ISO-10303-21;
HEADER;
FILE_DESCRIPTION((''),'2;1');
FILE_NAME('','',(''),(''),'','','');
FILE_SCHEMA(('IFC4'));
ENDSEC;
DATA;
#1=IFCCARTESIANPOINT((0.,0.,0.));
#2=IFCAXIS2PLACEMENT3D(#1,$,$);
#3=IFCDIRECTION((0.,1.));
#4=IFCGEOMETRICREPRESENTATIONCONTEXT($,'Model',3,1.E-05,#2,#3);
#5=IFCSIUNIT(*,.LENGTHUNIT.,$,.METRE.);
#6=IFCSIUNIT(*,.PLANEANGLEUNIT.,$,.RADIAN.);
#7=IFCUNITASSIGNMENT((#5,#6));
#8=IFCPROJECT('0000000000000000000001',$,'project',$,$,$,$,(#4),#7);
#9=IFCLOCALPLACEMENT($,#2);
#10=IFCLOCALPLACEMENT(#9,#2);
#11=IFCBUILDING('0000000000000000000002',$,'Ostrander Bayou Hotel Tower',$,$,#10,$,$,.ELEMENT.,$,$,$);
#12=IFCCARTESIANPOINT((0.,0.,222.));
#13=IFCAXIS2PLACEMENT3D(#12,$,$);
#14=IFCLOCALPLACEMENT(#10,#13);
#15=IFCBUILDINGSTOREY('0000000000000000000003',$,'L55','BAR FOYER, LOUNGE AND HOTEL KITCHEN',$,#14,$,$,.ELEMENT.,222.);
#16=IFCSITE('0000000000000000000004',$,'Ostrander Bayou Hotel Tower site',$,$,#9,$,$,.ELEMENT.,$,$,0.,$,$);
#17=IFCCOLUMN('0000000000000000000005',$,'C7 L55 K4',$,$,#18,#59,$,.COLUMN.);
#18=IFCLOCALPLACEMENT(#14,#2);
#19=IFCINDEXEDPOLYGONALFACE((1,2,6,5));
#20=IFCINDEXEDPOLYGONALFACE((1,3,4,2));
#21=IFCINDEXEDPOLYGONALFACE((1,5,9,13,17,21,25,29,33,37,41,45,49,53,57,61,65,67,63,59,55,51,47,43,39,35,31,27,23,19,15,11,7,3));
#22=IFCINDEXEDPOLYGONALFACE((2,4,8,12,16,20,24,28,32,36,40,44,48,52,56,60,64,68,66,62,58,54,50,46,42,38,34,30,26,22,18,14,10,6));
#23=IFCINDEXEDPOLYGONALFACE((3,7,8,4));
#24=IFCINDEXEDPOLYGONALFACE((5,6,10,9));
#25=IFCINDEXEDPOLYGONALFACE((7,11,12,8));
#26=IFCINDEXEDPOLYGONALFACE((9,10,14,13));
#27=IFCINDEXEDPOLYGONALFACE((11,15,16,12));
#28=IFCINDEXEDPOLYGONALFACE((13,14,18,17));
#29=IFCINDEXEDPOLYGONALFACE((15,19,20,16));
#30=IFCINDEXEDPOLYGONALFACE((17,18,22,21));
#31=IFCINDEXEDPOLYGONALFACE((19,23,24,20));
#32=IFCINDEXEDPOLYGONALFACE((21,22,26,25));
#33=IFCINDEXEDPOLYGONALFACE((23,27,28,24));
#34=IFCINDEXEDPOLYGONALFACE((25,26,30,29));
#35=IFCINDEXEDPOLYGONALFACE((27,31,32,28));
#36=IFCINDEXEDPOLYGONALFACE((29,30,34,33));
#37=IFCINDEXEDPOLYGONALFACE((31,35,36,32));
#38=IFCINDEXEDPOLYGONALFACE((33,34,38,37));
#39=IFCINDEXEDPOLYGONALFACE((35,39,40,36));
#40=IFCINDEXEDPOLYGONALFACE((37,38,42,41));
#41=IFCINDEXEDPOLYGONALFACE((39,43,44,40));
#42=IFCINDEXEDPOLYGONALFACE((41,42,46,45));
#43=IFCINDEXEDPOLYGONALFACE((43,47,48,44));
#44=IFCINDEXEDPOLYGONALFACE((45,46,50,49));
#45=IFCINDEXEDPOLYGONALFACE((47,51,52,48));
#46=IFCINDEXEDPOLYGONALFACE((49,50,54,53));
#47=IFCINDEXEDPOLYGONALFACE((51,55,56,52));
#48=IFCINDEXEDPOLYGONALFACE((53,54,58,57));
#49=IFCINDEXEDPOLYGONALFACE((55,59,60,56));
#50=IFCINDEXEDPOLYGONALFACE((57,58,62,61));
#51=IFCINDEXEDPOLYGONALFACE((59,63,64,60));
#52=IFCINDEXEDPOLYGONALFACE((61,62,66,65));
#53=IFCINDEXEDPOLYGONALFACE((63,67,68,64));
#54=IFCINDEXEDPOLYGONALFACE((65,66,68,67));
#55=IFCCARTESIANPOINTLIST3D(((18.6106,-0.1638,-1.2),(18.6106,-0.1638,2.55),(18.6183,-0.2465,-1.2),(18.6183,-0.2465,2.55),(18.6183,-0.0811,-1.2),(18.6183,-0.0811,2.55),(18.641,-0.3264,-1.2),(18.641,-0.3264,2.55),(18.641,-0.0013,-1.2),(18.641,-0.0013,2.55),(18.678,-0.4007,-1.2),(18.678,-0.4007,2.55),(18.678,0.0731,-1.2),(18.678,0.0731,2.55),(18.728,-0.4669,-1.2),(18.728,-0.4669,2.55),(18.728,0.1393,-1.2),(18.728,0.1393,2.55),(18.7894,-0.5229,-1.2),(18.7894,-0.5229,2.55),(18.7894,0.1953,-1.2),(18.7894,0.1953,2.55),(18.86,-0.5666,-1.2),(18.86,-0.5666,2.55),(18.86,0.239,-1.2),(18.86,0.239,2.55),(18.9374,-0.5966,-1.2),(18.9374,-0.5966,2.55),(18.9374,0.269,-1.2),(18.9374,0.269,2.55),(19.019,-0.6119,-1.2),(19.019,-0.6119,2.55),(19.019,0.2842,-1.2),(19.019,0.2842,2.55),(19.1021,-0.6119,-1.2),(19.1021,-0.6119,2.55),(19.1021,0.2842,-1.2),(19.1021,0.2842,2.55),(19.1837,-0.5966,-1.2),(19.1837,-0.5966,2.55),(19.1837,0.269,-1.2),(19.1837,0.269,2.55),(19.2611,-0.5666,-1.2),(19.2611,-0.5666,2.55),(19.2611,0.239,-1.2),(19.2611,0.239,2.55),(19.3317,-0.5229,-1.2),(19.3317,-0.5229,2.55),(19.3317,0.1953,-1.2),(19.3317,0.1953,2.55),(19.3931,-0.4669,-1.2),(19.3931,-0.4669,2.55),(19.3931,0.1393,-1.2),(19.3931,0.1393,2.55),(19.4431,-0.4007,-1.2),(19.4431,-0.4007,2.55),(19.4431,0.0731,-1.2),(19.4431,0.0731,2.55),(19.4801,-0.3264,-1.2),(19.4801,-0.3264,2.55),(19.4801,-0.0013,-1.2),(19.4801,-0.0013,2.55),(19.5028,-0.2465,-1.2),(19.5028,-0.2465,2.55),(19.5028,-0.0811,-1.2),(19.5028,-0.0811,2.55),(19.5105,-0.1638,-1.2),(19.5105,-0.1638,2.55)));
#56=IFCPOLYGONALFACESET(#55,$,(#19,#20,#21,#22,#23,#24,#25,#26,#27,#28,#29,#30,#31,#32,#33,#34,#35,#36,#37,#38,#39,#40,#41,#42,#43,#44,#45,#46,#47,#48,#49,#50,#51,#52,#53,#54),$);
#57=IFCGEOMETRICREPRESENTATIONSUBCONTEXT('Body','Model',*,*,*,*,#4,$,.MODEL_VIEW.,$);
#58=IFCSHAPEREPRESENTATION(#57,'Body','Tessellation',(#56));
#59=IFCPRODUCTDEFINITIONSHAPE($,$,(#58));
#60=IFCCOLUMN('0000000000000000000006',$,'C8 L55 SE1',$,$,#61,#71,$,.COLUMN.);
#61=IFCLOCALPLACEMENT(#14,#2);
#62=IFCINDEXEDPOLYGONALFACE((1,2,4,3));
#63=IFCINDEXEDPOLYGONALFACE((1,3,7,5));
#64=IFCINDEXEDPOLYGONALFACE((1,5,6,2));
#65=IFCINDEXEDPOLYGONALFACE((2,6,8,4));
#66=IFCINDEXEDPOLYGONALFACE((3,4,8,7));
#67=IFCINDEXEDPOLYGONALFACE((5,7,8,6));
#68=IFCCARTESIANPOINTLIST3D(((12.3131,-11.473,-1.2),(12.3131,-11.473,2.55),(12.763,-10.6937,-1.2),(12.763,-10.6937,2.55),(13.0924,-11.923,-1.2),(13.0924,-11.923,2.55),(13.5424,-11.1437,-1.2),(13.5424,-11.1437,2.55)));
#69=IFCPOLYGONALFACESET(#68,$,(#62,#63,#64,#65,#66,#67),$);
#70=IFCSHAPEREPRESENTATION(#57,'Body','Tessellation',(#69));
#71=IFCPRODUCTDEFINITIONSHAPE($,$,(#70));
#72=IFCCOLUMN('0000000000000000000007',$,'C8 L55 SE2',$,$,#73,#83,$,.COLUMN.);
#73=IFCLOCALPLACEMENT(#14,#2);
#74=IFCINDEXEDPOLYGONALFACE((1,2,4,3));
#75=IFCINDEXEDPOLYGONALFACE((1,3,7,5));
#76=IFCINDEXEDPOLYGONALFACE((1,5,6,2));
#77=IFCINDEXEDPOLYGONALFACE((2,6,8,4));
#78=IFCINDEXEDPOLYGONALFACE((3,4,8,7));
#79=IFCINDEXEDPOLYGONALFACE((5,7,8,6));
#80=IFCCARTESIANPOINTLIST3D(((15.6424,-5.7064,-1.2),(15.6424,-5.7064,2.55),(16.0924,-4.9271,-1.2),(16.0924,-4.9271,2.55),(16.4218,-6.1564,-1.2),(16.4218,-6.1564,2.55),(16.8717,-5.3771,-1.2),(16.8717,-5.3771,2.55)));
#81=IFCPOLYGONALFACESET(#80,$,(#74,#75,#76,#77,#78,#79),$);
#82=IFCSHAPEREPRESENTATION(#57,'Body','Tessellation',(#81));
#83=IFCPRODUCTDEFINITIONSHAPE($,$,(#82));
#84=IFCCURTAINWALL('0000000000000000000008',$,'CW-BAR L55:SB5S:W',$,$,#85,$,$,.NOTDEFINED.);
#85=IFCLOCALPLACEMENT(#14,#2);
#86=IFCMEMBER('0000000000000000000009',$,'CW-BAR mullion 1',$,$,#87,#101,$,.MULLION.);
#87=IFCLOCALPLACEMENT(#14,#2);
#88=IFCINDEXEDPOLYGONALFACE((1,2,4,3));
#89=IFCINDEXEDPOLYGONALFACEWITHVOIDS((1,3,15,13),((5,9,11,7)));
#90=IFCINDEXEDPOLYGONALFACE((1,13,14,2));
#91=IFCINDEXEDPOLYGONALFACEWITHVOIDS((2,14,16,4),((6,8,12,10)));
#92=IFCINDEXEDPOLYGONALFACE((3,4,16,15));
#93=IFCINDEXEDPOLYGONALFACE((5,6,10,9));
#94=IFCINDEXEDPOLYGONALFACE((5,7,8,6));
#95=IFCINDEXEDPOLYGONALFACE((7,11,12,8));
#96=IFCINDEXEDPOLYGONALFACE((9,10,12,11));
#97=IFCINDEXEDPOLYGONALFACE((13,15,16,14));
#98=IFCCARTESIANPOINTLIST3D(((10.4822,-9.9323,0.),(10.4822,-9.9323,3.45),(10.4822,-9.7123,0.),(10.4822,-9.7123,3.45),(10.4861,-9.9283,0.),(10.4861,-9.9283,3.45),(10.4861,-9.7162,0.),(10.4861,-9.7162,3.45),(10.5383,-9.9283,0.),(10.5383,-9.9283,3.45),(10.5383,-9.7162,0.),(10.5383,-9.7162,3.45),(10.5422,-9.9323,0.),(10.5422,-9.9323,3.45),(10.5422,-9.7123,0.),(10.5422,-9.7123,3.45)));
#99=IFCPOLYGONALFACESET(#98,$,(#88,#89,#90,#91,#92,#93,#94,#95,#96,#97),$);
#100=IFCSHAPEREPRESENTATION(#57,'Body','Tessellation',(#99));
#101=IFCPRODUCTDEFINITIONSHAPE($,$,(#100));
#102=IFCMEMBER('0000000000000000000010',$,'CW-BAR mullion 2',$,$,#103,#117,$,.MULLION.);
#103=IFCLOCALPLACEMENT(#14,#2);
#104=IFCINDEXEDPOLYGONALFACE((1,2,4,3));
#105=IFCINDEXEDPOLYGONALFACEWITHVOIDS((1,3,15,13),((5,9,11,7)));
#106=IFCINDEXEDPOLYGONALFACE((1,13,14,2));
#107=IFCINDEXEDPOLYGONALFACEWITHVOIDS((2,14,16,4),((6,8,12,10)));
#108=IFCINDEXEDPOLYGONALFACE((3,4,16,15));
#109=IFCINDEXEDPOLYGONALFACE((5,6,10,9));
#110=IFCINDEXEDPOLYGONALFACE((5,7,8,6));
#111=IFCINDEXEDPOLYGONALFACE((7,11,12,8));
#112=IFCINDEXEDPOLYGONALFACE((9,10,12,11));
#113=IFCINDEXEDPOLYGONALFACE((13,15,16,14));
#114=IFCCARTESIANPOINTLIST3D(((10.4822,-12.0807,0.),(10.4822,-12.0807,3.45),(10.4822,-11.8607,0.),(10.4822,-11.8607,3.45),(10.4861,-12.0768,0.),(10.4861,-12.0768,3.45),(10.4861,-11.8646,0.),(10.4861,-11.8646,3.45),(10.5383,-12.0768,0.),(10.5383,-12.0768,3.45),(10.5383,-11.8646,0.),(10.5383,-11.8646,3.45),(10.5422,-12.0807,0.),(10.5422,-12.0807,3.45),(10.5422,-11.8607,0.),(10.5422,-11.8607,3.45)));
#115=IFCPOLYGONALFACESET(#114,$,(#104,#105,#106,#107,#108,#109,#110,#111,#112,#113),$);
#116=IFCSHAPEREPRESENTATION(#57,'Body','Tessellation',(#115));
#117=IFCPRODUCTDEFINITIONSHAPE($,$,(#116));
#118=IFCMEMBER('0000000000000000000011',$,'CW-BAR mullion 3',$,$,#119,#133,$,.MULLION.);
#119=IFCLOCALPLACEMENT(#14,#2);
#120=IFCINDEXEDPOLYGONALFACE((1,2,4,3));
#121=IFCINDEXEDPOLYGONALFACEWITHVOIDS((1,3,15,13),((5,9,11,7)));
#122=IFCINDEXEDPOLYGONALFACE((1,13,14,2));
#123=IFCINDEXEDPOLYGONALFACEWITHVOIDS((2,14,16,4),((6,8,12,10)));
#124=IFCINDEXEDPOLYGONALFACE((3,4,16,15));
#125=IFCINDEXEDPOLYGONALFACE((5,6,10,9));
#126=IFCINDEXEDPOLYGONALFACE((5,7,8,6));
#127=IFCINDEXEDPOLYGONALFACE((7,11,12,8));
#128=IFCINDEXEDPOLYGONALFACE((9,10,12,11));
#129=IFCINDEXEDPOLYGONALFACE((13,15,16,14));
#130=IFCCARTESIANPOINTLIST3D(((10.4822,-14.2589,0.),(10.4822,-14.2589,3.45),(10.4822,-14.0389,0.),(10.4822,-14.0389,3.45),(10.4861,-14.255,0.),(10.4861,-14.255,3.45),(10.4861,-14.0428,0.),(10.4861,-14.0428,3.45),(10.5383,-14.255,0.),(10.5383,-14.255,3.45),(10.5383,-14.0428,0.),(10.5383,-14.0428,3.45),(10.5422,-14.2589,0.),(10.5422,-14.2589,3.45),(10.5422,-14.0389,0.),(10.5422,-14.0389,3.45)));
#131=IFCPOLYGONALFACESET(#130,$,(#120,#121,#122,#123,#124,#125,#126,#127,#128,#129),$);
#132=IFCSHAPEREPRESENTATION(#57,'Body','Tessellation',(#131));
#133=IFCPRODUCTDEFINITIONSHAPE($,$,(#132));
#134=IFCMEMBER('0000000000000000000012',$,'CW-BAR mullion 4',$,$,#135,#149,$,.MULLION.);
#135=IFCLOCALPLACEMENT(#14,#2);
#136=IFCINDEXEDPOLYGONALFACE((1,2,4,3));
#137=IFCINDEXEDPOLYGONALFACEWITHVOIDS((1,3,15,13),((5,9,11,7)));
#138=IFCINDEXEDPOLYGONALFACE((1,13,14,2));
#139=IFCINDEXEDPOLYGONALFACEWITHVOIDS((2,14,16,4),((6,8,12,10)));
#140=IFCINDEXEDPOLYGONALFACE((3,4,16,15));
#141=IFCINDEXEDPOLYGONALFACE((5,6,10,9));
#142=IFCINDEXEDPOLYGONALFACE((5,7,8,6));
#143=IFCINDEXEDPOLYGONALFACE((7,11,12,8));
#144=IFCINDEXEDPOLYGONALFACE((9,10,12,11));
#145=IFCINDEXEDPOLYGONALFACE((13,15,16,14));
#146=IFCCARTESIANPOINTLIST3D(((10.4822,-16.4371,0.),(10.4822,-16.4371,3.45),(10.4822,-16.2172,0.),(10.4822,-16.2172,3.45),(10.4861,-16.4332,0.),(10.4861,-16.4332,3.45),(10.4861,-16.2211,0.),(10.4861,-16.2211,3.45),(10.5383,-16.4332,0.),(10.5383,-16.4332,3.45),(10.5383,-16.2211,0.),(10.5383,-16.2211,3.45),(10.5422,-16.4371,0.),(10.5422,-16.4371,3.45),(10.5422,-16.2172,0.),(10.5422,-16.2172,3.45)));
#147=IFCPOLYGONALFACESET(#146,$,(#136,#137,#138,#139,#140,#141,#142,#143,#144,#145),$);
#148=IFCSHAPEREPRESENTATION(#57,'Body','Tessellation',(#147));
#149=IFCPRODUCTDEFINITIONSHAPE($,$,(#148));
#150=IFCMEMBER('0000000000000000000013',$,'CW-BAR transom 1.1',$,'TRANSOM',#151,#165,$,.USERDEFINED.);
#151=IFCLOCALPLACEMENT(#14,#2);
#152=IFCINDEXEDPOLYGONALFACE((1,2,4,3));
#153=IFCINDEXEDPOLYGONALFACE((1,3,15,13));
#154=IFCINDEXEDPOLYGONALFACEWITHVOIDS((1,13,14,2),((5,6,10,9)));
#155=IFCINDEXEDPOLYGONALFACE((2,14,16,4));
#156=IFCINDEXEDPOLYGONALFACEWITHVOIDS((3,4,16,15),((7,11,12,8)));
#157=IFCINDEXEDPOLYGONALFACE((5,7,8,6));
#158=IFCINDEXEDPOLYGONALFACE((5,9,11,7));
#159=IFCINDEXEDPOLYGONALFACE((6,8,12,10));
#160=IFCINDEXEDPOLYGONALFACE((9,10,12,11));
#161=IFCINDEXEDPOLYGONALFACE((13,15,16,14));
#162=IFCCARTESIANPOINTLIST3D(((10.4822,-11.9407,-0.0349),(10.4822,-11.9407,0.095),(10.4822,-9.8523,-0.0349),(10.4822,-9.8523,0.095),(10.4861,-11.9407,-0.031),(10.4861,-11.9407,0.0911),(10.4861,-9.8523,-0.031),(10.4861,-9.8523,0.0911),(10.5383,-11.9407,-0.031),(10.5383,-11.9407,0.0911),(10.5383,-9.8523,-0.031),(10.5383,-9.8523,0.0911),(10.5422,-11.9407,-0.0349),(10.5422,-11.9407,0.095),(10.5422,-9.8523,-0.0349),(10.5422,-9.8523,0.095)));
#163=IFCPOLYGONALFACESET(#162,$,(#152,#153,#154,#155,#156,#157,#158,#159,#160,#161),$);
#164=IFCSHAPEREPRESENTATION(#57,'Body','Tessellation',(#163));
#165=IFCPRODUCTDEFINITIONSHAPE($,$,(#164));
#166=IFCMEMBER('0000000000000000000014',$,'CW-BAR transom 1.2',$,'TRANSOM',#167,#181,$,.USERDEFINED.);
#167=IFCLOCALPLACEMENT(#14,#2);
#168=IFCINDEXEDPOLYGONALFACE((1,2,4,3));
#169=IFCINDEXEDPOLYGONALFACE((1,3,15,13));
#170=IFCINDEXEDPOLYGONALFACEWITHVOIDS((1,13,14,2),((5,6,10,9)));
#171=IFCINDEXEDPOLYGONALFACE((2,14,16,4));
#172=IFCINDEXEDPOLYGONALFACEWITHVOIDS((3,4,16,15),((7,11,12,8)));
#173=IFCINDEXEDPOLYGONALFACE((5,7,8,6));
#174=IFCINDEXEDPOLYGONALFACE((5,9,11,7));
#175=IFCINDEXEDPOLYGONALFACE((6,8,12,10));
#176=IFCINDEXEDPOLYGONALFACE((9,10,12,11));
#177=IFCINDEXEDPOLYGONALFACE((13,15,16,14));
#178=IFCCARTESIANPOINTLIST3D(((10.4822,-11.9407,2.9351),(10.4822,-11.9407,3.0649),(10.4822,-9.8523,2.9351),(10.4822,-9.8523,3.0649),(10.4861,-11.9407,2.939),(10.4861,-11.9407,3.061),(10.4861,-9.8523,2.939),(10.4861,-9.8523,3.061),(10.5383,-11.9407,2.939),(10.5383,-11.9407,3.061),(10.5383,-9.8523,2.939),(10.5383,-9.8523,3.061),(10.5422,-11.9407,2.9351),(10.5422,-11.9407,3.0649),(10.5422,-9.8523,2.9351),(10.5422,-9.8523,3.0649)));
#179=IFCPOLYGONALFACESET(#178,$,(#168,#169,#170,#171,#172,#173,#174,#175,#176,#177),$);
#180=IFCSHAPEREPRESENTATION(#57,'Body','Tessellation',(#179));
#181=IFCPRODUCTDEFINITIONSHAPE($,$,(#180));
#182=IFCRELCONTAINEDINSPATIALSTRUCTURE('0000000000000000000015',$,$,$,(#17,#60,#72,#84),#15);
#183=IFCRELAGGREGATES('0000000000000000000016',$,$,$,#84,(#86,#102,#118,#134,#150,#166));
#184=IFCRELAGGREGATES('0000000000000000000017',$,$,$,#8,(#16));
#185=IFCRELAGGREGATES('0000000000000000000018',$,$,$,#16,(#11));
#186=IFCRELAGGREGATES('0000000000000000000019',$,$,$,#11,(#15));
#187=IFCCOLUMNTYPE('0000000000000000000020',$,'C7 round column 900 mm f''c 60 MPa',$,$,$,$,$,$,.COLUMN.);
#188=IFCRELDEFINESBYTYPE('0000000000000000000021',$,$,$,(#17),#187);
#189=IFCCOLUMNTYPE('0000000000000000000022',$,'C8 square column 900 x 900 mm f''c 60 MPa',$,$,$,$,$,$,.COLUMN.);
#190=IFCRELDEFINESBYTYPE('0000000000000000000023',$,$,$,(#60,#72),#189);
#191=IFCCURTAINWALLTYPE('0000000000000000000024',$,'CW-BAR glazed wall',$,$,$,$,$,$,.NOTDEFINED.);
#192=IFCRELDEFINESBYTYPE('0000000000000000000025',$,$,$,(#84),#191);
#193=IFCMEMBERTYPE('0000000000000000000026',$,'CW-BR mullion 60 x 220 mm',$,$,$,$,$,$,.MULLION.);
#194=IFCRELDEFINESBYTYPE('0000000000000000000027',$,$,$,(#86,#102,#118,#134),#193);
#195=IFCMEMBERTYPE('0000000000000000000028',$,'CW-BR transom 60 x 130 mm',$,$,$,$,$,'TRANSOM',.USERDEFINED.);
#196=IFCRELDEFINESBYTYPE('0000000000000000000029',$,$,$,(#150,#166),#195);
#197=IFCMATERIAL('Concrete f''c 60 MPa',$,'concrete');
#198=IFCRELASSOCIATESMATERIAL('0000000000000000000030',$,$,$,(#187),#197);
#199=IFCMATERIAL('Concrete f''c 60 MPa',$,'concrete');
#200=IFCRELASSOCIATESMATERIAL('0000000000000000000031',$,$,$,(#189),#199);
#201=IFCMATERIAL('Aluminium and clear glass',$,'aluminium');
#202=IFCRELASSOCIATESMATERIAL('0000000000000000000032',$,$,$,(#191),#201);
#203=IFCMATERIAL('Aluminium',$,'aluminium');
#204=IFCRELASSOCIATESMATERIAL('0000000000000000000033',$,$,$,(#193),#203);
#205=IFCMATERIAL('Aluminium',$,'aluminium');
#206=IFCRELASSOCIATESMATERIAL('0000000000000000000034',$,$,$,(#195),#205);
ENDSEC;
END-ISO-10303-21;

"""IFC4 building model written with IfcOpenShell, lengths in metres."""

from ifc_helpers import new_model, si_unit, direction, frame, origin, origin_2d, place, context, subcontext, project, spatial, rectangle, hollow_rectangle, circle, extrude, material, material_profile, profile_set, type_object, element, aggregate, save


model = new_model("IFC4")

# Units and contexts
model_context = context("Model", 3, precision=1e-05, world=origin(), true_north=direction((0.0, 1.0)))
body_context = subcontext(model_context, "Body", "Model", "MODEL_VIEW")
ifc_project = project(units=[si_unit("LENGTHUNIT", "METRE"), si_unit("PLANEANGLEUNIT", "RADIAN")], contexts=[model_context])

# Site, building, storey
site_placement = place(None, origin())
site = spatial("IfcSite", under=ifc_project, at=site_placement, Name="Ostrander Bayou Hotel Tower site", CompositionType="ELEMENT", RefElevation=0.0)
building_placement = place(site_placement, origin())
building = spatial("IfcBuilding", under=site, at=building_placement, Name="Ostrander Bayou Hotel Tower", CompositionType="ELEMENT")
storey_placement = place(building_placement, frame((0.0, 0.0, 222.0)))
storey = spatial("IfcBuildingStorey", under=building, at=storey_placement, Name="L55", Description="BAR FOYER, LOUNGE AND HOTEL KITCHEN", CompositionType="ELEMENT", Elevation=222.0)

# Columns
ifc_material_1 = material(Name="Concrete f'c 60 MPa", Category="concrete")
ifc_material_profile_1 = material_profile(ifc_material_1, circle(Radius=0.45, at=origin_2d()))
ifc_profile_set_1 = profile_set([ifc_material_profile_1], Name="Concrete f'c 60 MPa")
column_type_1 = type_object("IfcColumnType", Name="C7 round column 900 mm f'c 60 MPa", PredefinedType="COLUMN", material=ifc_profile_set_1)
column_placement = place(storey_placement, frame((19.0605, -0.1638, -1.2), z_axis=(0.0, 0.0, 1.0), x_axis=(1.0, 0.0, 0.0)))
element("IfcColumn", 1, at=column_placement, inside=storey, type_object=column_type_1, Name="C7 L55 K4", PredefinedType="COLUMN", context=body_context, shape_type="SweptSolid", body=[
    extrude(circle(Radius=0.45, at=origin_2d()), origin(), (0.0, 0.0, 1.0), 3.75),
])
ifc_material_2 = material(Name="Concrete f'c 60 MPa", Category="concrete")
ifc_material_profile_2 = material_profile(ifc_material_2, rectangle(XDim=0.8999, YDim=0.8999, at=origin_2d()))
ifc_profile_set_2 = profile_set([ifc_material_profile_2], Name="Concrete f'c 60 MPa")
column_type_2 = type_object("IfcColumnType", Name="C8 square column 900 x 900 mm f'c 60 MPa", PredefinedType="COLUMN", material=ifc_profile_set_2)
for number, where, z_axis, x_axis, name in (
    (2, (12.9277, -11.3083, -1.2), (0.0, 0.0, 1.0), (-0.5, -0.866025, 0.0), "C8 L55 SE1"),
    (3, (16.2571, -5.5417, -1.2), (0.0, 0.0, 1.0), (-0.5, -0.866025, 0.0), "C8 L55 SE2"),
):
    element("IfcColumn", number, at=place(storey_placement, frame(where, z_axis=z_axis, x_axis=x_axis)), inside=storey, type_object=column_type_2, Name=name, PredefinedType="COLUMN", context=body_context, shape_type="SweptSolid", body=[
        extrude(rectangle(XDim=0.8999, YDim=0.8999, at=origin_2d()), origin(), (0.0, 0.0, 1.0), 3.75),
    ])

# Curtain wall, members
ifc_material_3 = material(Name="Aluminium and clear glass", Category="aluminium")
curtain_wall_type = type_object("IfcCurtainWallType", Name="CW-BAR glazed wall", PredefinedType="NOTDEFINED", material=ifc_material_3)
curtain_wall_placement = place(storey_placement, origin())
curtain_wall = element("IfcCurtainWall", 4, at=curtain_wall_placement, inside=storey, type_object=curtain_wall_type, Name="CW-BAR L55:SB5S:W", PredefinedType="NOTDEFINED")
ifc_material_4 = material(Name="Aluminium", Category="aluminium")
ifc_material_profile_3 = material_profile(ifc_material_4, hollow_rectangle(XDim=0.0601, YDim=0.22, WallThickness=0.0039, at=origin_2d()))
ifc_profile_set_3 = profile_set([ifc_material_profile_3], Name="Aluminium")
member_type_1 = type_object("IfcMemberType", Name="CW-BR mullion 60 x 220 mm", PredefinedType="MULLION", material=ifc_profile_set_3)
member_1_placement = place(storey_placement, frame((10.5122, -9.8223, 0.0), z_axis=(0.0, 0.0, 1.0), x_axis=(1.0, 0.0, 0.0)))
member_1 = element("IfcMember", 5, at=member_1_placement, type_object=member_type_1, Name="CW-BAR mullion 1", PredefinedType="MULLION", context=body_context, shape_type="SweptSolid", body=[
    extrude(hollow_rectangle(XDim=0.0601, YDim=0.22, WallThickness=0.0039, at=origin_2d()), origin(), (0.0, 0.0, 1.0), 3.45),
])
member_2_placement = place(storey_placement, frame((10.5122, -11.9707, 0.0), z_axis=(0.0, 0.0, 1.0), x_axis=(1.0, 0.0, 0.0)))
member_2 = element("IfcMember", 6, at=member_2_placement, type_object=member_type_1, Name="CW-BAR mullion 2", PredefinedType="MULLION", context=body_context, shape_type="SweptSolid", body=[
    extrude(hollow_rectangle(XDim=0.0601, YDim=0.22, WallThickness=0.0039, at=origin_2d()), origin(), (0.0, 0.0, 1.0), 3.45),
])
member_3_placement = place(storey_placement, frame((10.5122, -14.1489, 0.0), z_axis=(0.0, 0.0, 1.0), x_axis=(1.0, 0.0, 0.0)))
member_3 = element("IfcMember", 7, at=member_3_placement, type_object=member_type_1, Name="CW-BAR mullion 3", PredefinedType="MULLION", context=body_context, shape_type="SweptSolid", body=[
    extrude(hollow_rectangle(XDim=0.0601, YDim=0.22, WallThickness=0.0039, at=origin_2d()), origin(), (0.0, 0.0, 1.0), 3.45),
])
member_4_placement = place(storey_placement, frame((10.5122, -16.3271, 0.0), z_axis=(0.0, 0.0, 1.0), x_axis=(1.0, 0.0, 0.0)))
member_4 = element("IfcMember", 8, at=member_4_placement, type_object=member_type_1, Name="CW-BAR mullion 4", PredefinedType="MULLION", context=body_context, shape_type="SweptSolid", body=[
    extrude(hollow_rectangle(XDim=0.0601, YDim=0.22, WallThickness=0.0039, at=origin_2d()), origin(), (0.0, 0.0, 1.0), 3.45),
])
ifc_material_5 = material(Name="Aluminium", Category="aluminium")
ifc_material_profile_4 = material_profile(ifc_material_5, hollow_rectangle(XDim=0.0601, YDim=0.1299, WallThickness=0.0039, at=origin_2d()))
ifc_profile_set_4 = profile_set([ifc_material_profile_4], Name="Aluminium")
member_type_2 = type_object("IfcMemberType", Name="CW-BR transom 60 x 130 mm", ElementType="TRANSOM", PredefinedType="USERDEFINED", material=ifc_profile_set_4)
member_5_placement = place(storey_placement, frame((10.5122, -9.8523, 0.03), z_axis=(0.0, -1.0, 0.0), x_axis=(1.0, 0.0, 0.0)))
member_5 = element("IfcMember", 9, at=member_5_placement, type_object=member_type_2, Name="CW-BAR transom 1.1", ObjectType="TRANSOM", PredefinedType="USERDEFINED", context=body_context, shape_type="SweptSolid", body=[
    extrude(hollow_rectangle(XDim=0.0601, YDim=0.1299, WallThickness=0.0039, at=origin_2d()), origin(), (0.0, 0.0, 1.0), 2.0884),
])
member_6_placement = place(storey_placement, frame((10.5122, -9.8523, 3.0), z_axis=(0.0, -1.0, 0.0), x_axis=(1.0, 0.0, 0.0)))
member_6 = element("IfcMember", 10, at=member_6_placement, type_object=member_type_2, Name="CW-BAR transom 1.2", ObjectType="TRANSOM", PredefinedType="USERDEFINED", context=body_context, shape_type="SweptSolid", body=[
    extrude(hollow_rectangle(XDim=0.0601, YDim=0.1299, WallThickness=0.0039, at=origin_2d()), origin(), (0.0, 0.0, 1.0), 2.0884),
])

aggregate(curtain_wall, [member_1, member_2, member_3, member_4, member_5, member_6])

save(model, "model.ifc")
